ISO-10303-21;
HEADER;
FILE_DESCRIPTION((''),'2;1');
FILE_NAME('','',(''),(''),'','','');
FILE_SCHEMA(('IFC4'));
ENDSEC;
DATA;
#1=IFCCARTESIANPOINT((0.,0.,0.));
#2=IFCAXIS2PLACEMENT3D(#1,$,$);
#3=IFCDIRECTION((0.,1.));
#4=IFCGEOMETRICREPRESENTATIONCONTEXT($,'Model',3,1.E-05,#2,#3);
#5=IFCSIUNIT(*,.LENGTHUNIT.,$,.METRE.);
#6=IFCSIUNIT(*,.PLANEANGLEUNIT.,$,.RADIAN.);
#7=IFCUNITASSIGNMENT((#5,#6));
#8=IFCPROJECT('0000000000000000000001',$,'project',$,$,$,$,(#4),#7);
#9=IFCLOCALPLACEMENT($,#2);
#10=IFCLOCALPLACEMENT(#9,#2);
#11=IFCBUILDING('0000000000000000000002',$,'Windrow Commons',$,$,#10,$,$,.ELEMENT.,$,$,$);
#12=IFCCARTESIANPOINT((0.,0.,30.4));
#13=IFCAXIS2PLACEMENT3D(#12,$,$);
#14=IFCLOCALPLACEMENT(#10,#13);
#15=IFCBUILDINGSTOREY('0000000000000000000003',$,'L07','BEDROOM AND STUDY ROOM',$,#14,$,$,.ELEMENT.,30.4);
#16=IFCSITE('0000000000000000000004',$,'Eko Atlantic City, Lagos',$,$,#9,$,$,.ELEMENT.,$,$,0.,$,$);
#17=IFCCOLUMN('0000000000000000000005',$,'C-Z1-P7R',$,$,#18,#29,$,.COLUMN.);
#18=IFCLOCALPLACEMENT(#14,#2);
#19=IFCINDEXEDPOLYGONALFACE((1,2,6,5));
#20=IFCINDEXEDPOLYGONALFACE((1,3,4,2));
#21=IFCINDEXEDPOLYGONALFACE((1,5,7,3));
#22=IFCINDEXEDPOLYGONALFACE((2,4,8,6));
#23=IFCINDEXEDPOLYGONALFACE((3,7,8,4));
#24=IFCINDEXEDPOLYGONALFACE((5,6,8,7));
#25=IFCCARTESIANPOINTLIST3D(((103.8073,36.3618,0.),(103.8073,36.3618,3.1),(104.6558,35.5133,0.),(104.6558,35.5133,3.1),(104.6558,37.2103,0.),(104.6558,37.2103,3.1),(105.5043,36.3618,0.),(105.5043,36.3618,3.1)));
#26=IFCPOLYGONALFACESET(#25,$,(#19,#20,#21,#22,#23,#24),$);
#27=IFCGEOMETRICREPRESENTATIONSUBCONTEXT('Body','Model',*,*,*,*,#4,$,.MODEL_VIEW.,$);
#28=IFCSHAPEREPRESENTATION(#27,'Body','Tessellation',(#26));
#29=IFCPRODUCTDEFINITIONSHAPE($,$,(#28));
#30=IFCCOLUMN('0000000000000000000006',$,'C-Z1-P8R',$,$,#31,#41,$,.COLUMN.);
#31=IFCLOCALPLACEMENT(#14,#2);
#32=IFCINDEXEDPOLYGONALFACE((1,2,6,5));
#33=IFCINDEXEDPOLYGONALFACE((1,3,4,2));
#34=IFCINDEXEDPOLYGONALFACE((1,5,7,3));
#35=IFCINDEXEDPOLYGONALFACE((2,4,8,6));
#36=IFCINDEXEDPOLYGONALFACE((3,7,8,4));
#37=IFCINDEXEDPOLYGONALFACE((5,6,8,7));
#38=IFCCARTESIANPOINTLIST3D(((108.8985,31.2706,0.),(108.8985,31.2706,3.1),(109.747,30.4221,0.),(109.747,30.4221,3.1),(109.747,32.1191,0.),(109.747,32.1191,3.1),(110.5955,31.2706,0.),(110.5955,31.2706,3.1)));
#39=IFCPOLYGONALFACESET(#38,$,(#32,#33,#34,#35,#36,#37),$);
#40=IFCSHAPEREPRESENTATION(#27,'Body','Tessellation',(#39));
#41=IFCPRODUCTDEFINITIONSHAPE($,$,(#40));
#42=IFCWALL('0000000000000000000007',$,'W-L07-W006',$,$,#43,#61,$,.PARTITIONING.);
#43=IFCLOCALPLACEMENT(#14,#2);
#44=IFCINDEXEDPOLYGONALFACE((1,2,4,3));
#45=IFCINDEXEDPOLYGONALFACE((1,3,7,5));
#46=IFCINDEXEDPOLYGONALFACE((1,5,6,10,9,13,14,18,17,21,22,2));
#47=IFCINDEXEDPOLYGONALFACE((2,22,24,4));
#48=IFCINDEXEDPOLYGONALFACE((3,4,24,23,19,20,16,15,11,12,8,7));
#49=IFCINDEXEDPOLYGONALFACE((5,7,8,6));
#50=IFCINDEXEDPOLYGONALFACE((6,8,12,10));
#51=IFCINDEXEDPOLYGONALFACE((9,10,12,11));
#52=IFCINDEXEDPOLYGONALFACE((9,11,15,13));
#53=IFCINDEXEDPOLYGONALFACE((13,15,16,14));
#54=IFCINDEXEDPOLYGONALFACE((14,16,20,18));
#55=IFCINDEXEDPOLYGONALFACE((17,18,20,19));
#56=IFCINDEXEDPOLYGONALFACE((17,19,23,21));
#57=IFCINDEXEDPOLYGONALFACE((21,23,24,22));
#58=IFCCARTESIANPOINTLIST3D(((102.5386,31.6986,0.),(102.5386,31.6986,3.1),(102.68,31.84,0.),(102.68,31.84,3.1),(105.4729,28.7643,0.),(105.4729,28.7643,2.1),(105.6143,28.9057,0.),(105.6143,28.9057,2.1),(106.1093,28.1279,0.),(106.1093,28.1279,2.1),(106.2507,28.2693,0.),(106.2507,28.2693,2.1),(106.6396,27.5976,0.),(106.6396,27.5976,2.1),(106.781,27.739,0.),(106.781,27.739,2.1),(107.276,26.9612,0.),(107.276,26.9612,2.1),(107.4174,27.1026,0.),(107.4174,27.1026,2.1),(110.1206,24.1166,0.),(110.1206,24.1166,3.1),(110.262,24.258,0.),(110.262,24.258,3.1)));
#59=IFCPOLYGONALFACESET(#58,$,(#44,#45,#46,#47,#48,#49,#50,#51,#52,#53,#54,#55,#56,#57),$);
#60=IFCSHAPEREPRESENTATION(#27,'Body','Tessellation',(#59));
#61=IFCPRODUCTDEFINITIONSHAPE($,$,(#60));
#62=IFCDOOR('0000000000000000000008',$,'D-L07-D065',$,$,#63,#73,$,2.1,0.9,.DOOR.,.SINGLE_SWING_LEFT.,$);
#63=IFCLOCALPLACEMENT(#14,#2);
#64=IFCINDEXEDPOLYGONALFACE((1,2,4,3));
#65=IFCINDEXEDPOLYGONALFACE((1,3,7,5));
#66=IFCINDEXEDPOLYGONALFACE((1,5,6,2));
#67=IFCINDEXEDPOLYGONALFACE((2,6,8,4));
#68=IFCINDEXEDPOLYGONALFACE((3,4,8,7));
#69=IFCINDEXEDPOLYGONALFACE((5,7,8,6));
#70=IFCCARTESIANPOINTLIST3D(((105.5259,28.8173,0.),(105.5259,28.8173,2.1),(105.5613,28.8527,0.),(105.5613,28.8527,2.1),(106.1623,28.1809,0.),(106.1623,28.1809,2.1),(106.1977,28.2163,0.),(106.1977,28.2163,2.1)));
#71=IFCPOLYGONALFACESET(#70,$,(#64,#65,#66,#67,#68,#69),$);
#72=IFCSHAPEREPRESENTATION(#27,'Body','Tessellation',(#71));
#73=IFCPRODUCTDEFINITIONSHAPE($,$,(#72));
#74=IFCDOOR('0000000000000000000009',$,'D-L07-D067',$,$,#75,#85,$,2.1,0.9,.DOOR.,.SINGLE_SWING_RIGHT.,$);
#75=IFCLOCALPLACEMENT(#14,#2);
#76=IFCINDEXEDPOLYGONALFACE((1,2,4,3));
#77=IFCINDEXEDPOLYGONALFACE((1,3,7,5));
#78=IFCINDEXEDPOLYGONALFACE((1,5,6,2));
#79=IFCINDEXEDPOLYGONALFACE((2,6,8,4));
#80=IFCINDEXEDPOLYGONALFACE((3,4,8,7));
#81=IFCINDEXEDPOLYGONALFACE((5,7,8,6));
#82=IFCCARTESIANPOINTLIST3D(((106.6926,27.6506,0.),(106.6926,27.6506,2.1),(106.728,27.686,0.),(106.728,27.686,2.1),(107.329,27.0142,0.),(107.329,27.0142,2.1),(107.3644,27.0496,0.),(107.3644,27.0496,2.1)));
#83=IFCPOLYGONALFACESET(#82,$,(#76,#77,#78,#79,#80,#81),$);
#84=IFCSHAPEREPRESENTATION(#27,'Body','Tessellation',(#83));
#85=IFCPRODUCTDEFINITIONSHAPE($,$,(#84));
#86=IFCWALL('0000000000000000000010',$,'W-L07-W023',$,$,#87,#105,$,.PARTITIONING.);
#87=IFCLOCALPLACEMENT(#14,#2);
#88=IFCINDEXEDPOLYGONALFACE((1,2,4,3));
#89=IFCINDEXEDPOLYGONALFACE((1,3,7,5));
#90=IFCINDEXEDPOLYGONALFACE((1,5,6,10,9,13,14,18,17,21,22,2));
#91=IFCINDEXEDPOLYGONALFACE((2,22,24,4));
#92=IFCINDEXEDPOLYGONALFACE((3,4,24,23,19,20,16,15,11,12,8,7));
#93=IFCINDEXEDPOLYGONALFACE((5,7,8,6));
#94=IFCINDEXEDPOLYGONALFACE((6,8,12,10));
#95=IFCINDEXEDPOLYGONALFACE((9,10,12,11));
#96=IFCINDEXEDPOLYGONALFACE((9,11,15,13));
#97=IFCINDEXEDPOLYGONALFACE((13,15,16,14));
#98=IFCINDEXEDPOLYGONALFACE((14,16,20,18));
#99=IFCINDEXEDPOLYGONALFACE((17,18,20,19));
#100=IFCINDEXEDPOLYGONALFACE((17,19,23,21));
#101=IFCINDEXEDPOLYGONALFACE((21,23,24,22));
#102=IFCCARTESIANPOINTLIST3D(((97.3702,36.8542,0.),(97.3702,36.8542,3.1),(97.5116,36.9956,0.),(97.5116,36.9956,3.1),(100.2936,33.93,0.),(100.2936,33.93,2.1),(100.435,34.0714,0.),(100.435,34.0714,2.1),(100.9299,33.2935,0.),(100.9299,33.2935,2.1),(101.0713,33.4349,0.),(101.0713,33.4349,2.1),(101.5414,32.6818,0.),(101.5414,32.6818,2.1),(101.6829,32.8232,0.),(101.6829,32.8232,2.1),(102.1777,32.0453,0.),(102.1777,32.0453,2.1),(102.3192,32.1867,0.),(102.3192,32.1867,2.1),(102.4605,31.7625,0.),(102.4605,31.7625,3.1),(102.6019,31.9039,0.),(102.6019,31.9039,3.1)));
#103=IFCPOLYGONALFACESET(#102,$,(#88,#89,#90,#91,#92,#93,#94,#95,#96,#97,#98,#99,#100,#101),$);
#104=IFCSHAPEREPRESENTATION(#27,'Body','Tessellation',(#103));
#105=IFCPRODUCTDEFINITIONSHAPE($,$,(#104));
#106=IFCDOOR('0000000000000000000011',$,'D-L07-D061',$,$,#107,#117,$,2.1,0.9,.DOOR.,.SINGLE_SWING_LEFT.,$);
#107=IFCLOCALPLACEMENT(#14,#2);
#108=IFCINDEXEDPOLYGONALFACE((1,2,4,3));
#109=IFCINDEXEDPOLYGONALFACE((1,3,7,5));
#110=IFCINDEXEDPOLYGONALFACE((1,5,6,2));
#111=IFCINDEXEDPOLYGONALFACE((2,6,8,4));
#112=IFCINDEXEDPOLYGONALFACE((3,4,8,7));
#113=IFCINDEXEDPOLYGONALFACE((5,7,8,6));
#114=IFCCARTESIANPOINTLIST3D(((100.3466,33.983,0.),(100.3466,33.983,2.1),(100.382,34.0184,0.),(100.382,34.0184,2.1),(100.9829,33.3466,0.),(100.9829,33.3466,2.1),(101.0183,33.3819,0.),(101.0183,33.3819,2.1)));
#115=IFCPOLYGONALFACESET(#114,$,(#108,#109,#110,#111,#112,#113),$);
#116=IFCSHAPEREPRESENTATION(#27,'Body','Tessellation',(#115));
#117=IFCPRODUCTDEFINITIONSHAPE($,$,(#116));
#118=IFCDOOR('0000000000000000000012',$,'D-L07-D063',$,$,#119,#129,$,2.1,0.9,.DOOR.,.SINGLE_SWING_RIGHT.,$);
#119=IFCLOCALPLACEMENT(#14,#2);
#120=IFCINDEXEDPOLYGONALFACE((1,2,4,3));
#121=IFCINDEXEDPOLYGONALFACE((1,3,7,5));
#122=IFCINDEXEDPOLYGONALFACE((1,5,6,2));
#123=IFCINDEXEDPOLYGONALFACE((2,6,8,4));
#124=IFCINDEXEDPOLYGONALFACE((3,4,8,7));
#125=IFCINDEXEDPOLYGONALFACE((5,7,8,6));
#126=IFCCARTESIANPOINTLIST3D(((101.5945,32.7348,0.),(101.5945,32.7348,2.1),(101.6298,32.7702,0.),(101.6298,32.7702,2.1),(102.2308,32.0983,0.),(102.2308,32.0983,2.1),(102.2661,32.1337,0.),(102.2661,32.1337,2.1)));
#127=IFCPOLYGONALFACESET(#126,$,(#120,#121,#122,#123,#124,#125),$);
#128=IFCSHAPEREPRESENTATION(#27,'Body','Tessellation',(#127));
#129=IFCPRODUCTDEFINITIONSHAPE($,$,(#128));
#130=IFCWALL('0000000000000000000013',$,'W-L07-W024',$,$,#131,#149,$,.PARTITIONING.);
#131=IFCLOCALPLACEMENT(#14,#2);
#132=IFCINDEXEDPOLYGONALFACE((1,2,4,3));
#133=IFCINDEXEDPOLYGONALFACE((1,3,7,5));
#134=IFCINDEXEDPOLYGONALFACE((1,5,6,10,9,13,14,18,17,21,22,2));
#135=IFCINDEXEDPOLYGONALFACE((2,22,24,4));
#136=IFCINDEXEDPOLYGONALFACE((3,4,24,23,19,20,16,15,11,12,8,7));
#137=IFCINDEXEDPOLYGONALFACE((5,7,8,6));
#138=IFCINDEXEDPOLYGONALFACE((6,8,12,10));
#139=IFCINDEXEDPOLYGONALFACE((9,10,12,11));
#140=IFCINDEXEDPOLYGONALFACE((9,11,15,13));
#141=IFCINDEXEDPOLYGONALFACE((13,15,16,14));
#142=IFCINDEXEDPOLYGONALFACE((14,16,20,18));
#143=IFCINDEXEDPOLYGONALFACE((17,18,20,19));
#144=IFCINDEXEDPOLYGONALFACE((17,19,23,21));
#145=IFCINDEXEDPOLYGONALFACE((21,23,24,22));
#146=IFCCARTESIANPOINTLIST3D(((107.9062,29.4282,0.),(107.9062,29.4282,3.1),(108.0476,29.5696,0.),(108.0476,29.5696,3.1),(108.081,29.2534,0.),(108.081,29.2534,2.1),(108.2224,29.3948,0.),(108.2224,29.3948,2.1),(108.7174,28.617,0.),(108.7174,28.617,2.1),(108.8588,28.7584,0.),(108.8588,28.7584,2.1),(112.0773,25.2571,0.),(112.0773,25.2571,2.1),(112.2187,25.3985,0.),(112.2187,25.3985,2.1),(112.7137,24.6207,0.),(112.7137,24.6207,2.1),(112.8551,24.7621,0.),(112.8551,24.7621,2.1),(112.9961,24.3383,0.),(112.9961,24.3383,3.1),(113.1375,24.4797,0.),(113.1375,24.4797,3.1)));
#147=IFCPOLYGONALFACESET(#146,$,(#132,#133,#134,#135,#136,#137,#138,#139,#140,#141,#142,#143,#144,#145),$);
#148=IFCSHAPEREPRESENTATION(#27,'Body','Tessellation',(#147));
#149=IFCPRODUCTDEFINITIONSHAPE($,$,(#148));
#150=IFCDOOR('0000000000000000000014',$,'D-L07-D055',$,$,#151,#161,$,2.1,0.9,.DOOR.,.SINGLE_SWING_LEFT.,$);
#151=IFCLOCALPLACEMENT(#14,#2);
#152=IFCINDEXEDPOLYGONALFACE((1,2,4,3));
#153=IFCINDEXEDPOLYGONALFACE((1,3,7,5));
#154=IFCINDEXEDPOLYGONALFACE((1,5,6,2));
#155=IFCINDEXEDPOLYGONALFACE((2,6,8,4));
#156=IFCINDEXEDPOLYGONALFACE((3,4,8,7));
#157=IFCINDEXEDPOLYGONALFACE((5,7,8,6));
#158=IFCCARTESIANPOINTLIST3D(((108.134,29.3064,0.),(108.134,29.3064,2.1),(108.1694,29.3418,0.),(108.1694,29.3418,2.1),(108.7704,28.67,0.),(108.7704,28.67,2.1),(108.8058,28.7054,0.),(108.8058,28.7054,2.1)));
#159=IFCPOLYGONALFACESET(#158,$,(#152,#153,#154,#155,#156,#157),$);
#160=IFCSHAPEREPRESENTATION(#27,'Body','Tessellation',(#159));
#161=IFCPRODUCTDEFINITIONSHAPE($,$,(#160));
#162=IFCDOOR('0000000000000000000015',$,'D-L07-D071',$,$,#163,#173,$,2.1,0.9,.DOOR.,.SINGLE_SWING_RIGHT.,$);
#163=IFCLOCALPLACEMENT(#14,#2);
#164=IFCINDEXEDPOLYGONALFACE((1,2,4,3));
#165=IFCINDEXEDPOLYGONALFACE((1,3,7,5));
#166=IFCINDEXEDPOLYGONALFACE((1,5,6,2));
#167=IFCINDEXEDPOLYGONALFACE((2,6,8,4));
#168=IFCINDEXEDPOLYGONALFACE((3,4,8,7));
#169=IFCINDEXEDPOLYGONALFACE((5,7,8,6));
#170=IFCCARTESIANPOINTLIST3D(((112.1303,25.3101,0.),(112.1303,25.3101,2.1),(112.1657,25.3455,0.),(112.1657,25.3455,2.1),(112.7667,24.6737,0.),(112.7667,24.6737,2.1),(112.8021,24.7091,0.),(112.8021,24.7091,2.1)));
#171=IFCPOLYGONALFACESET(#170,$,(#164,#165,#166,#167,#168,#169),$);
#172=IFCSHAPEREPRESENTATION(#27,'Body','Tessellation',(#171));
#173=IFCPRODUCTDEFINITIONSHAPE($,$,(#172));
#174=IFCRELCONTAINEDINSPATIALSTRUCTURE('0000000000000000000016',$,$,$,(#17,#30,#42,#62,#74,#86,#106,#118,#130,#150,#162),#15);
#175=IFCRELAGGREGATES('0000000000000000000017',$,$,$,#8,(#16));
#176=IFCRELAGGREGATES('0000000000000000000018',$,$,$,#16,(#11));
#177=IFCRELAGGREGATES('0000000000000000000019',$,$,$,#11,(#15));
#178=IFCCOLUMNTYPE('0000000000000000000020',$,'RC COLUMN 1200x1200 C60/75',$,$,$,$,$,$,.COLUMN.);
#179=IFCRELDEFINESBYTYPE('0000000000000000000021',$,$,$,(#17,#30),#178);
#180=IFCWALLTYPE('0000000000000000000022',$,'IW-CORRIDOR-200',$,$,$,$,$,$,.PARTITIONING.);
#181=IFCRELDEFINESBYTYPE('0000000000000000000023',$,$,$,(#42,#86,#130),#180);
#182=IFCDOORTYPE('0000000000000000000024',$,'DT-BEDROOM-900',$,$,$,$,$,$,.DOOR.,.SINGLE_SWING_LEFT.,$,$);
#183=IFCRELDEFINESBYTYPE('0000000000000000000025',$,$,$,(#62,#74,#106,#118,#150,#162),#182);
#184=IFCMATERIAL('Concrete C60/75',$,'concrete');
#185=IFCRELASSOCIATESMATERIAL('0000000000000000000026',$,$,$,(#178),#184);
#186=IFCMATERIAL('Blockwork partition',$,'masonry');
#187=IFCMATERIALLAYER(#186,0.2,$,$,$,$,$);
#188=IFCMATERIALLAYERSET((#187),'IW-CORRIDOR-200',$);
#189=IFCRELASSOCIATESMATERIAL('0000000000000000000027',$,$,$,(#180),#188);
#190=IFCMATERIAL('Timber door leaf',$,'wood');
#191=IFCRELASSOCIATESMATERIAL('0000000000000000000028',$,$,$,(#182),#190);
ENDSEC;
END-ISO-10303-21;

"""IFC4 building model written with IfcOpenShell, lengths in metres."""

from ifc_helpers import new_model, si_unit, direction, frame, frame_2d, origin, origin_2d, place, context, subcontext, project, spatial, rectangle, extrude, material, layer, layer_set, material_profile, profile_set, type_object, element, fill, save


model = new_model("IFC4")

# Units and contexts
model_context = context("Model", 3, precision=1e-05, world=origin(), true_north=direction((0.0, 1.0)))
body_context = subcontext(model_context, "Body", "Model", "MODEL_VIEW")
ifc_project = project(units=[si_unit("LENGTHUNIT", "METRE"), si_unit("PLANEANGLEUNIT", "RADIAN")], contexts=[model_context])

# Site, building, storey
site_placement = place(None, origin())
site = spatial("IfcSite", under=ifc_project, at=site_placement, Name="Eko Atlantic City, Lagos", CompositionType="ELEMENT", RefElevation=0.0)
building_placement = place(site_placement, origin())
building = spatial("IfcBuilding", under=site, at=building_placement, Name="Windrow Commons", CompositionType="ELEMENT")
storey_placement = place(building_placement, frame((0.0, 0.0, 30.4)))
storey = spatial("IfcBuildingStorey", under=building, at=storey_placement, Name="L07", Description="BEDROOM AND STUDY ROOM", CompositionType="ELEMENT", Elevation=30.4)

# Columns
ifc_material_1 = material(Name="Concrete C60/75", Category="concrete")
ifc_material_profile = material_profile(ifc_material_1, rectangle(XDim=1.2, YDim=1.2, at=origin_2d()))
ifc_profile_set = profile_set([ifc_material_profile], Name="Concrete C60/75")
column_type = type_object("IfcColumnType", Name="RC COLUMN 1200x1200 C60/75", PredefinedType="COLUMN", material=ifc_profile_set)
for number, where, z_axis, x_axis, name in (
    (1, (104.6558, 36.3618, 0.0), (0.0, 0.0, 1.0), (0.707107, -0.707107, 0.0), "C-Z1-P7R"),
    (2, (109.747, 31.2706, 0.0), (0.0, 0.0, 1.0), (0.707107, -0.707107, 0.0), "C-Z1-P8R"),
):
    element("IfcColumn", number, at=place(storey_placement, frame(where, z_axis=z_axis, x_axis=x_axis)), inside=storey, type_object=column_type, Name=name, PredefinedType="COLUMN", context=body_context, shape_type="SweptSolid", body=[
        extrude(rectangle(XDim=1.2, YDim=1.2, at=origin_2d()), origin(), (0.0, 0.0, 1.0), 3.1),
    ])

# Walls, openings, doors
ifc_material_2 = material(Name="Blockwork partition", Category="masonry")
ifc_layer_1 = layer(ifc_material_2, 0.2)
ifc_layer_set_1 = layer_set([ifc_layer_1], Name="IW-CORRIDOR-200")
wall_type_1 = type_object("IfcWallType", Name="IW-CORRIDOR-200", PredefinedType="PARTITIONING", material=ifc_layer_set_1)
wall_1_placement = place(storey_placement, frame((102.6093, 31.7693, 0.0), z_axis=(0.0, 0.0, 1.0), x_axis=(0.707107, -0.707107, 0.0)))
wall_1 = element("IfcWall", 3, at=wall_1_placement, inside=storey, type_object=wall_type_1, Name="W-L07-W006", PredefinedType="PARTITIONING", context=body_context, shape_type="SweptSolid", body=[
    extrude(rectangle(XDim=10.7226, YDim=0.2, at=frame_2d((5.3613, 0.0))), origin(), (0.0, 0.0, 1.0), 3.1),
])
opening_1_placement = place(wall_1_placement, frame((4.1497, 0.0, 0.0)))
opening_1 = element("IfcOpeningElement", 4, at=opening_1_placement, cuts=wall_1, PredefinedType="OPENING", context=body_context, shape_type="SweptSolid", body=[
    extrude(rectangle(XDim=0.9, YDim=2.1, at=frame_2d((0.45, 1.05))), frame((0.0, 0.11, 0.0), z_axis=(0.0, -1.0, 0.0), x_axis=(1.0, 0.0, 0.0)), (0.0, 0.0, 1.0), 0.22),
])
opening_2_placement = place(wall_1_placement, frame((5.7997, 0.0, 0.0)))
opening_2 = element("IfcOpeningElement", 5, at=opening_2_placement, cuts=wall_1, PredefinedType="OPENING", context=body_context, shape_type="SweptSolid", body=[
    extrude(rectangle(XDim=0.9, YDim=2.1, at=frame_2d((0.45, 1.05))), frame((0.0, 0.11, 0.0), z_axis=(0.0, -1.0, 0.0), x_axis=(1.0, 0.0, 0.0)), (0.0, 0.0, 1.0), 0.22),
])
ifc_material_3 = material(Name="Timber door leaf", Category="wood")
door_type = type_object("IfcDoorType", Name="DT-BEDROOM-900", OperationType="SINGLE_SWING_LEFT", PredefinedType="DOOR", material=ifc_material_3)
door_1_placement = place(opening_1_placement, origin())
door_1 = element("IfcDoor", 6, at=door_1_placement, inside=storey, type_object=door_type, Name="D-L07-D065", OperationType="SINGLE_SWING_LEFT", OverallHeight=2.1, OverallWidth=0.9, PredefinedType="DOOR", context=body_context, shape_type="SweptSolid", body=[
    extrude(rectangle(XDim=0.9, YDim=2.1, at=frame_2d((0.45, 1.05))), frame((0.0, 0.025, 0.0), z_axis=(0.0, -1.0, 0.0), x_axis=(1.0, 0.0, 0.0)), (0.0, 0.0, 1.0), 0.05),
])
fill(opening_1, door_1)
door_2_placement = place(opening_2_placement, origin())
door_2 = element("IfcDoor", 7, at=door_2_placement, inside=storey, type_object=door_type, Name="D-L07-D067", OperationType="SINGLE_SWING_RIGHT", OverallHeight=2.1, OverallWidth=0.9, PredefinedType="DOOR", context=body_context, shape_type="SweptSolid", body=[
    extrude(rectangle(XDim=0.9, YDim=2.1, at=frame_2d((0.45, 1.05))), frame((0.0, 0.025, 0.0), z_axis=(0.0, -1.0, 0.0), x_axis=(1.0, 0.0, 0.0)), (0.0, 0.0, 1.0), 0.05),
])
fill(opening_2, door_2)
wall_2_placement = place(storey_placement, frame((102.5312, 31.8332, 0.0), z_axis=(0.0, 0.0, 1.0), x_axis=(-0.70701, 0.707204, 0.0)))
wall_2 = element("IfcWall", 8, at=wall_2_placement, inside=storey, type_object=wall_type_1, Name="W-L07-W023", PredefinedType="PARTITIONING", context=body_context, shape_type="SweptSolid", body=[
    extrude(rectangle(XDim=7.1998, YDim=0.2, at=frame_2d((3.5999, 0.0))), origin(), (0.0, 0.0, 1.0), 3.1),
])
opening_3_placement = place(wall_2_placement, frame((2.1649, 0.0, 0.0)))
opening_3 = element("IfcOpeningElement", 9, at=opening_3_placement, cuts=wall_2, PredefinedType="OPENING", context=body_context, shape_type="SweptSolid", body=[
    extrude(rectangle(XDim=0.9, YDim=2.1, at=frame_2d((0.45, 1.05))), frame((0.0, 0.11, 0.0), z_axis=(0.0, -1.0, 0.0), x_axis=(1.0, 0.0, 0.0)), (0.0, 0.0, 1.0), 0.22),
])
opening_4_placement = place(wall_2_placement, frame((0.3999, 0.0, 0.0)))
opening_4 = element("IfcOpeningElement", 10, at=opening_4_placement, cuts=wall_2, PredefinedType="OPENING", context=body_context, shape_type="SweptSolid", body=[
    extrude(rectangle(XDim=0.9, YDim=2.1, at=frame_2d((0.45, 1.05))), frame((0.0, 0.11, 0.0), z_axis=(0.0, -1.0, 0.0), x_axis=(1.0, 0.0, 0.0)), (0.0, 0.0, 1.0), 0.22),
])
door_3_placement = place(opening_3_placement, origin())
door_3 = element("IfcDoor", 11, at=door_3_placement, inside=storey, type_object=door_type, Name="D-L07-D061", OperationType="SINGLE_SWING_LEFT", OverallHeight=2.1, OverallWidth=0.9, PredefinedType="DOOR", context=body_context, shape_type="SweptSolid", body=[
    extrude(rectangle(XDim=0.9, YDim=2.1, at=frame_2d((0.45, 1.05))), frame((0.0, 0.025, 0.0), z_axis=(0.0, -1.0, 0.0), x_axis=(1.0, 0.0, 0.0)), (0.0, 0.0, 1.0), 0.05),
])
fill(opening_3, door_3)
door_4_placement = place(opening_4_placement, origin())
door_4 = element("IfcDoor", 12, at=door_4_placement, inside=storey, type_object=door_type, Name="D-L07-D063", OperationType="SINGLE_SWING_RIGHT", OverallHeight=2.1, OverallWidth=0.9, PredefinedType="DOOR", context=body_context, shape_type="SweptSolid", body=[
    extrude(rectangle(XDim=0.9, YDim=2.1, at=frame_2d((0.45, 1.05))), frame((0.0, 0.025, 0.0), z_axis=(0.0, -1.0, 0.0), x_axis=(1.0, 0.0, 0.0)), (0.0, 0.0, 1.0), 0.05),
])
fill(opening_4, door_4)
wall_3_placement = place(storey_placement, frame((107.9769, 29.4989, 0.0), z_axis=(0.0, 0.0, 1.0), x_axis=(0.707107, -0.707107, 0.0)))
wall_3 = element("IfcWall", 13, at=wall_3_placement, inside=storey, type_object=wall_type_1, Name="W-L07-W024", PredefinedType="PARTITIONING", context=body_context, shape_type="SweptSolid", body=[
    extrude(rectangle(XDim=7.1983, YDim=0.2, at=frame_2d((3.5991, 0.0))), origin(), (0.0, 0.0, 1.0), 3.1),
])
opening_5_placement = place(wall_3_placement, frame((0.2472, 0.0, 0.0)))
opening_5 = element("IfcOpeningElement", 14, at=opening_5_placement, cuts=wall_3, PredefinedType="OPENING", context=body_context, shape_type="SweptSolid", body=[
    extrude(rectangle(XDim=0.9, YDim=2.1, at=frame_2d((0.45, 1.05))), frame((0.0, 0.11, 0.0), z_axis=(0.0, -1.0, 0.0), x_axis=(1.0, 0.0, 0.0)), (0.0, 0.0, 1.0), 0.22),
])
opening_6_placement = place(wall_3_placement, frame((5.8988, 0.0, 0.0)))
opening_6 = element("IfcOpeningElement", 15, at=opening_6_placement, cuts=wall_3, PredefinedType="OPENING", context=body_context, shape_type="SweptSolid", body=[
    extrude(rectangle(XDim=0.9, YDim=2.1, at=frame_2d((0.45, 1.05))), frame((0.0, 0.11, 0.0), z_axis=(0.0, -1.0, 0.0), x_axis=(1.0, 0.0, 0.0)), (0.0, 0.0, 1.0), 0.22),
])
door_5_placement = place(opening_5_placement, origin())
door_5 = element("IfcDoor", 16, at=door_5_placement, inside=storey, type_object=door_type, Name="D-L07-D055", OperationType="SINGLE_SWING_LEFT", OverallHeight=2.1, OverallWidth=0.9, PredefinedType="DOOR", context=body_context, shape_type="SweptSolid", body=[
    extrude(rectangle(XDim=0.9, YDim=2.1, at=frame_2d((0.45, 1.05))), frame((0.0, 0.025, 0.0), z_axis=(0.0, -1.0, 0.0), x_axis=(1.0, 0.0, 0.0)), (0.0, 0.0, 1.0), 0.05),
])
fill(opening_5, door_5)
door_6_placement = place(opening_6_placement, origin())
door_6 = element("IfcDoor", 17, at=door_6_placement, inside=storey, type_object=door_type, Name="D-L07-D071", OperationType="SINGLE_SWING_RIGHT", OverallHeight=2.1, OverallWidth=0.9, PredefinedType="DOOR", context=body_context, shape_type="SweptSolid", body=[
    extrude(rectangle(XDim=0.9, YDim=2.1, at=frame_2d((0.45, 1.05))), frame((0.0, 0.025, 0.0), z_axis=(0.0, -1.0, 0.0), x_axis=(1.0, 0.0, 0.0)), (0.0, 0.0, 1.0), 0.05),
])
fill(opening_6, door_6)

save(model, "model.ifc")
